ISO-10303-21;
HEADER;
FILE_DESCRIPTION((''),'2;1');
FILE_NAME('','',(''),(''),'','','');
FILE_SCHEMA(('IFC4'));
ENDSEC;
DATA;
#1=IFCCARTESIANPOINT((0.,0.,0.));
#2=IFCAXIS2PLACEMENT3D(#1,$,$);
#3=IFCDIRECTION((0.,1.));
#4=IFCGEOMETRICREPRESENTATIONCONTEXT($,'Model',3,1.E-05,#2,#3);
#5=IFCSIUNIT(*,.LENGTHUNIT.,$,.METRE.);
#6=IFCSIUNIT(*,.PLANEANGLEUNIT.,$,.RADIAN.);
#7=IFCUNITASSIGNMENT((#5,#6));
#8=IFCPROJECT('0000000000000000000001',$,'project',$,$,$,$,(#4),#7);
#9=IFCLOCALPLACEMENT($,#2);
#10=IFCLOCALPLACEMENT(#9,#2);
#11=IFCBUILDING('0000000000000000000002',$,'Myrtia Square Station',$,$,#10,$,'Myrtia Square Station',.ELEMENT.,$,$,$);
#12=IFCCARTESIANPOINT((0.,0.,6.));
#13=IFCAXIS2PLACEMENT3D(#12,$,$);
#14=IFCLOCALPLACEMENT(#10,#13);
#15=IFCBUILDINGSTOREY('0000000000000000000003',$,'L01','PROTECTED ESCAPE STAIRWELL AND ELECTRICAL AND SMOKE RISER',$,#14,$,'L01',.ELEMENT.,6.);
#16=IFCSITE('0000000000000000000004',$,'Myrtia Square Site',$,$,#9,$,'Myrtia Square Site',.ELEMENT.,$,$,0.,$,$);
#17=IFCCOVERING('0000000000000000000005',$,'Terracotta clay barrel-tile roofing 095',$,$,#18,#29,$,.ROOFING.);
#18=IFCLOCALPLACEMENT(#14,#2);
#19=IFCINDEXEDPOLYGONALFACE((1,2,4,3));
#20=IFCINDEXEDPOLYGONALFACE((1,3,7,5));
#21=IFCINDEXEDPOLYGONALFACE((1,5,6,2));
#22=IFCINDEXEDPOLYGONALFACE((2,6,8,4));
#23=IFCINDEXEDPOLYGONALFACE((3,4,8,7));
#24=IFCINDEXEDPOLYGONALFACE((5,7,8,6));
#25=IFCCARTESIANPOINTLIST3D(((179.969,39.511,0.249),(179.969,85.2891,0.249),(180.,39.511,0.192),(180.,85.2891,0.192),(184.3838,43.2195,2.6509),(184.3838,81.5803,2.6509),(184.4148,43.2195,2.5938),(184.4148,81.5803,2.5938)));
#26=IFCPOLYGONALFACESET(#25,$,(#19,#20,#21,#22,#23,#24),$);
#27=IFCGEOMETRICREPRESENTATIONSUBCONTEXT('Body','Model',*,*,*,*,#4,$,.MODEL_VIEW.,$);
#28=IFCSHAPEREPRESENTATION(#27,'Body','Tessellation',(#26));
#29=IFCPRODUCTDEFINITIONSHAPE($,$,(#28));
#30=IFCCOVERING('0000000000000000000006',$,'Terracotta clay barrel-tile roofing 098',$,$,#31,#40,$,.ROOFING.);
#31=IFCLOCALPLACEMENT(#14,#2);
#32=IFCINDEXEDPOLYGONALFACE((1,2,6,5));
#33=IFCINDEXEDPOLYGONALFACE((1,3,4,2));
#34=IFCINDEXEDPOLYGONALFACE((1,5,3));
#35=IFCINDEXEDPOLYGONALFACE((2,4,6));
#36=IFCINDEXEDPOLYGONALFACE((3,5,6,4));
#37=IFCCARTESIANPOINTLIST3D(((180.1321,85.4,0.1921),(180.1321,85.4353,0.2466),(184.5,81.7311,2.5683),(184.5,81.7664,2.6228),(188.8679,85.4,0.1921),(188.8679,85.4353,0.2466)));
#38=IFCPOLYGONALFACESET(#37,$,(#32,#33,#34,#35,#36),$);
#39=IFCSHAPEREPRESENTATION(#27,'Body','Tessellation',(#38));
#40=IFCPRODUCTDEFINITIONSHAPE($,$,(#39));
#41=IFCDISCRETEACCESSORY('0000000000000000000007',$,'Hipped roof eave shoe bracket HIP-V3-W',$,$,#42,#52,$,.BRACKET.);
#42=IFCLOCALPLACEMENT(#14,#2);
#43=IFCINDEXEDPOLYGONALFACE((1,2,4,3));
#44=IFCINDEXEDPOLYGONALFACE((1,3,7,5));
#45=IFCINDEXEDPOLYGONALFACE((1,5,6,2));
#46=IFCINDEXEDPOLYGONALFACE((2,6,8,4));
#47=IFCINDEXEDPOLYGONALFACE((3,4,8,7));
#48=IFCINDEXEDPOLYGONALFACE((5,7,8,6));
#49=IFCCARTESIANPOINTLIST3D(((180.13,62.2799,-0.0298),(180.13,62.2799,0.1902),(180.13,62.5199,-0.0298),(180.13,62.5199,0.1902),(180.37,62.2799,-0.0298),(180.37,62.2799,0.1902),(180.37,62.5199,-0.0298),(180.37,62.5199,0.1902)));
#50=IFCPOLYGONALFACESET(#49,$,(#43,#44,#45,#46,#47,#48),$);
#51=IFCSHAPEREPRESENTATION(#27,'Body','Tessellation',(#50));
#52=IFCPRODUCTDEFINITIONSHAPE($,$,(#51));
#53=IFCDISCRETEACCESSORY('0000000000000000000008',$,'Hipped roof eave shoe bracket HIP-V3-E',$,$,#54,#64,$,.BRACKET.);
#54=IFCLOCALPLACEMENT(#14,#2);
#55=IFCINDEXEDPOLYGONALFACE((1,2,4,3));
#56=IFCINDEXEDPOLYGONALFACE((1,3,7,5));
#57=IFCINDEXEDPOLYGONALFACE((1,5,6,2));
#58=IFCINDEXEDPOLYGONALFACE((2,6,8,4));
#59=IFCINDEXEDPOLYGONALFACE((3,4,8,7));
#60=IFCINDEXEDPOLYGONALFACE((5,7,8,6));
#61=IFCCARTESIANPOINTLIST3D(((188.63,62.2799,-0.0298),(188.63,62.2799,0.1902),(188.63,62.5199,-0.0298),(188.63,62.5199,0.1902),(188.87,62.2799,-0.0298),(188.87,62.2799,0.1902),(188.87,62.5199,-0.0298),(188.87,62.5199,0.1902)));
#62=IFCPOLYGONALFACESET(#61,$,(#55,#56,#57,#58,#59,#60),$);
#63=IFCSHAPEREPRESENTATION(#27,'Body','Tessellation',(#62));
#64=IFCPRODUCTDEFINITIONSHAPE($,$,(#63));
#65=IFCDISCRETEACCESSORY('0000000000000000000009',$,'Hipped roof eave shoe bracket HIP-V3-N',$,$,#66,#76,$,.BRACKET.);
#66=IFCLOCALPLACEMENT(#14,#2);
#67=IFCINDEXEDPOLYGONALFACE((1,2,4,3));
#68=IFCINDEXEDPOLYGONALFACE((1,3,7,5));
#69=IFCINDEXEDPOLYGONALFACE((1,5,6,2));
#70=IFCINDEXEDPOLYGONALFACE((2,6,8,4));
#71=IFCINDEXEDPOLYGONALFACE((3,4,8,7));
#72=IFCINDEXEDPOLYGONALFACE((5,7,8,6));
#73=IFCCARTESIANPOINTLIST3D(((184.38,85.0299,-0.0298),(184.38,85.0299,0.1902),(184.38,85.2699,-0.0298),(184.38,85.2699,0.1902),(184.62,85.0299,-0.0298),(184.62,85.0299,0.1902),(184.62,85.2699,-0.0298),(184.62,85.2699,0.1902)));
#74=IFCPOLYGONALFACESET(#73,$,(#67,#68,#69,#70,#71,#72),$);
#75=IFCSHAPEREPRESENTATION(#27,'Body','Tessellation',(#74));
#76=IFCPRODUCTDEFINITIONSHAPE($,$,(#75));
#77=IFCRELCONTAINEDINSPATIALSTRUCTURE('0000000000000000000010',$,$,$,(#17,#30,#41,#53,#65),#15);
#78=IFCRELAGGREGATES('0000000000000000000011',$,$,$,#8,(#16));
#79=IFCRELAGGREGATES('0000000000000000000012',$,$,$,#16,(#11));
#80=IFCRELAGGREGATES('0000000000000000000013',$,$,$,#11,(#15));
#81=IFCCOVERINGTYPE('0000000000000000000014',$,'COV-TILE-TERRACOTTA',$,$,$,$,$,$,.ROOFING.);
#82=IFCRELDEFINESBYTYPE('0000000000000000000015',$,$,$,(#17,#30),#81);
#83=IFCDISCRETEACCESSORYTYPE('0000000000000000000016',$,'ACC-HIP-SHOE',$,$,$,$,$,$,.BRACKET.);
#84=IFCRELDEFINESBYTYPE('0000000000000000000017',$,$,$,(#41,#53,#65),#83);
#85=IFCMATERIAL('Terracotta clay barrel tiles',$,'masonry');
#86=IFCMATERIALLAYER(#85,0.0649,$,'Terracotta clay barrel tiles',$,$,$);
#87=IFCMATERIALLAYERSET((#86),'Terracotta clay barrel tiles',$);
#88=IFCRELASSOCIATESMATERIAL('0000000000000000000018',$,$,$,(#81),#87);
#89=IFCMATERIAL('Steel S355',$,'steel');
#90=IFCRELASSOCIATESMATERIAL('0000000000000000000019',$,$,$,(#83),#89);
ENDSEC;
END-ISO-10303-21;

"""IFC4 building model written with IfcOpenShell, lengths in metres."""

from ifc_helpers import new_model, si_unit, direction, frame, origin, origin_2d, place, context, subcontext, project, spatial, polyline, rectangle, outline, extrude, material, layer, layer_set, type_object, element, save


model = new_model("IFC4")

# Units and contexts
model_context = context("Model", 3, precision=1e-05, world=origin(), true_north=direction((0.0, 1.0)))
body_context = subcontext(model_context, "Body", "Model", "MODEL_VIEW")
ifc_project = project(units=[si_unit("LENGTHUNIT", "METRE"), si_unit("PLANEANGLEUNIT", "RADIAN")], contexts=[model_context])

# Site, building, storey
site_placement = place(None, origin())
site = spatial("IfcSite", under=ifc_project, at=site_placement, Name="Myrtia Square Site", LongName="Myrtia Square Site", CompositionType="ELEMENT", RefElevation=0.0)
building_placement = place(site_placement, origin())
building = spatial("IfcBuilding", under=site, at=building_placement, Name="Myrtia Square Station", LongName="Myrtia Square Station", CompositionType="ELEMENT")
storey_placement = place(building_placement, frame((0.0, 0.0, 6.0)))
storey = spatial("IfcBuildingStorey", under=building, at=storey_placement, Name="L01", Description="PROTECTED ESCAPE STAIRWELL AND ELECTRICAL AND SMOKE RISER", LongName="L01", CompositionType="ELEMENT", Elevation=6.0)

# Shared definitions
ifc_material_1 = material(Name="Steel S355", Category="steel")

# Coverings
ifc_material_2 = material(Name="Terracotta clay barrel tiles", Category="masonry")
ifc_layer_1 = layer(ifc_material_2, 0.0649, Name="Terracotta clay barrel tiles")
ifc_layer_set_1 = layer_set([ifc_layer_1], Name="Terracotta clay barrel tiles")
covering_type_1 = type_object("IfcCoveringType", Name="COV-TILE-TERRACOTTA", PredefinedType="ROOFING", material=ifc_layer_set_1)
covering_1_placement = place(storey_placement, frame((179.969, 85.2891, 0.249), z_axis=(-0.477899, 0.0, 0.878415), x_axis=(0.0, -1.0, 0.0)))
element("IfcCovering", 1, at=covering_1_placement, inside=storey, type_object=covering_type_1, Name="Terracotta clay barrel-tile roofing 095", PredefinedType="ROOFING", context=body_context, shape_type="SweptSolid", body=[
    extrude(outline(polyline([(0.0, 0.0), (45.7781, 0.0), (42.0696, 5.0259), (3.7087, 5.0259), (0.0, 0.0)])), origin(), (0.0, 0.0, -1.0), 0.0649),
])
covering_2_placement = place(storey_placement, frame((188.8679, 85.4353, 0.2466), z_axis=(0.0, 0.543606, 0.839341), x_axis=(-1.0, 0.0, 0.0)))
element("IfcCovering", 2, at=covering_2_placement, inside=storey, type_object=covering_type_1, Name="Terracotta clay barrel-tile roofing 098", PredefinedType="ROOFING", context=body_context, shape_type="SweptSolid", body=[
    extrude(outline(polyline([(0.0, 0.0), (8.7358, 0.0), (4.3679, 4.3712), (0.0, 0.0)])), origin(), (0.0, 0.0, -1.0), 0.0649),
])

# Discrete accessories
discrete_accessory_type = type_object("IfcDiscreteAccessoryType", Name="ACC-HIP-SHOE", PredefinedType="BRACKET", material=ifc_material_1)
for number, where, z_axis, x_axis, name in (
    (3, (180.25, 62.3999, -0.0298), (0.0, 0.0, 1.0), (1.0, 0.0, 0.0), "Hipped roof eave shoe bracket HIP-V3-W"),
    (4, (188.75, 62.3999, -0.0298), (0.0, 0.0, 1.0), (1.0, 0.0, 0.0), "Hipped roof eave shoe bracket HIP-V3-E"),
    (5, (184.5, 85.1499, -0.0298), (0.0, 0.0, 1.0), (1.0, 0.0, 0.0), "Hipped roof eave shoe bracket HIP-V3-N"),
):
    element("IfcDiscreteAccessory", number, at=place(storey_placement, frame(where, z_axis=z_axis, x_axis=x_axis)), inside=storey, type_object=discrete_accessory_type, Name=name, PredefinedType="BRACKET", context=body_context, shape_type="SweptSolid", body=[
        extrude(rectangle(XDim=0.24, YDim=0.24, at=origin_2d()), origin(), (0.0, 0.0, 1.0), 0.22),
    ])

save(model, "model.ifc")
